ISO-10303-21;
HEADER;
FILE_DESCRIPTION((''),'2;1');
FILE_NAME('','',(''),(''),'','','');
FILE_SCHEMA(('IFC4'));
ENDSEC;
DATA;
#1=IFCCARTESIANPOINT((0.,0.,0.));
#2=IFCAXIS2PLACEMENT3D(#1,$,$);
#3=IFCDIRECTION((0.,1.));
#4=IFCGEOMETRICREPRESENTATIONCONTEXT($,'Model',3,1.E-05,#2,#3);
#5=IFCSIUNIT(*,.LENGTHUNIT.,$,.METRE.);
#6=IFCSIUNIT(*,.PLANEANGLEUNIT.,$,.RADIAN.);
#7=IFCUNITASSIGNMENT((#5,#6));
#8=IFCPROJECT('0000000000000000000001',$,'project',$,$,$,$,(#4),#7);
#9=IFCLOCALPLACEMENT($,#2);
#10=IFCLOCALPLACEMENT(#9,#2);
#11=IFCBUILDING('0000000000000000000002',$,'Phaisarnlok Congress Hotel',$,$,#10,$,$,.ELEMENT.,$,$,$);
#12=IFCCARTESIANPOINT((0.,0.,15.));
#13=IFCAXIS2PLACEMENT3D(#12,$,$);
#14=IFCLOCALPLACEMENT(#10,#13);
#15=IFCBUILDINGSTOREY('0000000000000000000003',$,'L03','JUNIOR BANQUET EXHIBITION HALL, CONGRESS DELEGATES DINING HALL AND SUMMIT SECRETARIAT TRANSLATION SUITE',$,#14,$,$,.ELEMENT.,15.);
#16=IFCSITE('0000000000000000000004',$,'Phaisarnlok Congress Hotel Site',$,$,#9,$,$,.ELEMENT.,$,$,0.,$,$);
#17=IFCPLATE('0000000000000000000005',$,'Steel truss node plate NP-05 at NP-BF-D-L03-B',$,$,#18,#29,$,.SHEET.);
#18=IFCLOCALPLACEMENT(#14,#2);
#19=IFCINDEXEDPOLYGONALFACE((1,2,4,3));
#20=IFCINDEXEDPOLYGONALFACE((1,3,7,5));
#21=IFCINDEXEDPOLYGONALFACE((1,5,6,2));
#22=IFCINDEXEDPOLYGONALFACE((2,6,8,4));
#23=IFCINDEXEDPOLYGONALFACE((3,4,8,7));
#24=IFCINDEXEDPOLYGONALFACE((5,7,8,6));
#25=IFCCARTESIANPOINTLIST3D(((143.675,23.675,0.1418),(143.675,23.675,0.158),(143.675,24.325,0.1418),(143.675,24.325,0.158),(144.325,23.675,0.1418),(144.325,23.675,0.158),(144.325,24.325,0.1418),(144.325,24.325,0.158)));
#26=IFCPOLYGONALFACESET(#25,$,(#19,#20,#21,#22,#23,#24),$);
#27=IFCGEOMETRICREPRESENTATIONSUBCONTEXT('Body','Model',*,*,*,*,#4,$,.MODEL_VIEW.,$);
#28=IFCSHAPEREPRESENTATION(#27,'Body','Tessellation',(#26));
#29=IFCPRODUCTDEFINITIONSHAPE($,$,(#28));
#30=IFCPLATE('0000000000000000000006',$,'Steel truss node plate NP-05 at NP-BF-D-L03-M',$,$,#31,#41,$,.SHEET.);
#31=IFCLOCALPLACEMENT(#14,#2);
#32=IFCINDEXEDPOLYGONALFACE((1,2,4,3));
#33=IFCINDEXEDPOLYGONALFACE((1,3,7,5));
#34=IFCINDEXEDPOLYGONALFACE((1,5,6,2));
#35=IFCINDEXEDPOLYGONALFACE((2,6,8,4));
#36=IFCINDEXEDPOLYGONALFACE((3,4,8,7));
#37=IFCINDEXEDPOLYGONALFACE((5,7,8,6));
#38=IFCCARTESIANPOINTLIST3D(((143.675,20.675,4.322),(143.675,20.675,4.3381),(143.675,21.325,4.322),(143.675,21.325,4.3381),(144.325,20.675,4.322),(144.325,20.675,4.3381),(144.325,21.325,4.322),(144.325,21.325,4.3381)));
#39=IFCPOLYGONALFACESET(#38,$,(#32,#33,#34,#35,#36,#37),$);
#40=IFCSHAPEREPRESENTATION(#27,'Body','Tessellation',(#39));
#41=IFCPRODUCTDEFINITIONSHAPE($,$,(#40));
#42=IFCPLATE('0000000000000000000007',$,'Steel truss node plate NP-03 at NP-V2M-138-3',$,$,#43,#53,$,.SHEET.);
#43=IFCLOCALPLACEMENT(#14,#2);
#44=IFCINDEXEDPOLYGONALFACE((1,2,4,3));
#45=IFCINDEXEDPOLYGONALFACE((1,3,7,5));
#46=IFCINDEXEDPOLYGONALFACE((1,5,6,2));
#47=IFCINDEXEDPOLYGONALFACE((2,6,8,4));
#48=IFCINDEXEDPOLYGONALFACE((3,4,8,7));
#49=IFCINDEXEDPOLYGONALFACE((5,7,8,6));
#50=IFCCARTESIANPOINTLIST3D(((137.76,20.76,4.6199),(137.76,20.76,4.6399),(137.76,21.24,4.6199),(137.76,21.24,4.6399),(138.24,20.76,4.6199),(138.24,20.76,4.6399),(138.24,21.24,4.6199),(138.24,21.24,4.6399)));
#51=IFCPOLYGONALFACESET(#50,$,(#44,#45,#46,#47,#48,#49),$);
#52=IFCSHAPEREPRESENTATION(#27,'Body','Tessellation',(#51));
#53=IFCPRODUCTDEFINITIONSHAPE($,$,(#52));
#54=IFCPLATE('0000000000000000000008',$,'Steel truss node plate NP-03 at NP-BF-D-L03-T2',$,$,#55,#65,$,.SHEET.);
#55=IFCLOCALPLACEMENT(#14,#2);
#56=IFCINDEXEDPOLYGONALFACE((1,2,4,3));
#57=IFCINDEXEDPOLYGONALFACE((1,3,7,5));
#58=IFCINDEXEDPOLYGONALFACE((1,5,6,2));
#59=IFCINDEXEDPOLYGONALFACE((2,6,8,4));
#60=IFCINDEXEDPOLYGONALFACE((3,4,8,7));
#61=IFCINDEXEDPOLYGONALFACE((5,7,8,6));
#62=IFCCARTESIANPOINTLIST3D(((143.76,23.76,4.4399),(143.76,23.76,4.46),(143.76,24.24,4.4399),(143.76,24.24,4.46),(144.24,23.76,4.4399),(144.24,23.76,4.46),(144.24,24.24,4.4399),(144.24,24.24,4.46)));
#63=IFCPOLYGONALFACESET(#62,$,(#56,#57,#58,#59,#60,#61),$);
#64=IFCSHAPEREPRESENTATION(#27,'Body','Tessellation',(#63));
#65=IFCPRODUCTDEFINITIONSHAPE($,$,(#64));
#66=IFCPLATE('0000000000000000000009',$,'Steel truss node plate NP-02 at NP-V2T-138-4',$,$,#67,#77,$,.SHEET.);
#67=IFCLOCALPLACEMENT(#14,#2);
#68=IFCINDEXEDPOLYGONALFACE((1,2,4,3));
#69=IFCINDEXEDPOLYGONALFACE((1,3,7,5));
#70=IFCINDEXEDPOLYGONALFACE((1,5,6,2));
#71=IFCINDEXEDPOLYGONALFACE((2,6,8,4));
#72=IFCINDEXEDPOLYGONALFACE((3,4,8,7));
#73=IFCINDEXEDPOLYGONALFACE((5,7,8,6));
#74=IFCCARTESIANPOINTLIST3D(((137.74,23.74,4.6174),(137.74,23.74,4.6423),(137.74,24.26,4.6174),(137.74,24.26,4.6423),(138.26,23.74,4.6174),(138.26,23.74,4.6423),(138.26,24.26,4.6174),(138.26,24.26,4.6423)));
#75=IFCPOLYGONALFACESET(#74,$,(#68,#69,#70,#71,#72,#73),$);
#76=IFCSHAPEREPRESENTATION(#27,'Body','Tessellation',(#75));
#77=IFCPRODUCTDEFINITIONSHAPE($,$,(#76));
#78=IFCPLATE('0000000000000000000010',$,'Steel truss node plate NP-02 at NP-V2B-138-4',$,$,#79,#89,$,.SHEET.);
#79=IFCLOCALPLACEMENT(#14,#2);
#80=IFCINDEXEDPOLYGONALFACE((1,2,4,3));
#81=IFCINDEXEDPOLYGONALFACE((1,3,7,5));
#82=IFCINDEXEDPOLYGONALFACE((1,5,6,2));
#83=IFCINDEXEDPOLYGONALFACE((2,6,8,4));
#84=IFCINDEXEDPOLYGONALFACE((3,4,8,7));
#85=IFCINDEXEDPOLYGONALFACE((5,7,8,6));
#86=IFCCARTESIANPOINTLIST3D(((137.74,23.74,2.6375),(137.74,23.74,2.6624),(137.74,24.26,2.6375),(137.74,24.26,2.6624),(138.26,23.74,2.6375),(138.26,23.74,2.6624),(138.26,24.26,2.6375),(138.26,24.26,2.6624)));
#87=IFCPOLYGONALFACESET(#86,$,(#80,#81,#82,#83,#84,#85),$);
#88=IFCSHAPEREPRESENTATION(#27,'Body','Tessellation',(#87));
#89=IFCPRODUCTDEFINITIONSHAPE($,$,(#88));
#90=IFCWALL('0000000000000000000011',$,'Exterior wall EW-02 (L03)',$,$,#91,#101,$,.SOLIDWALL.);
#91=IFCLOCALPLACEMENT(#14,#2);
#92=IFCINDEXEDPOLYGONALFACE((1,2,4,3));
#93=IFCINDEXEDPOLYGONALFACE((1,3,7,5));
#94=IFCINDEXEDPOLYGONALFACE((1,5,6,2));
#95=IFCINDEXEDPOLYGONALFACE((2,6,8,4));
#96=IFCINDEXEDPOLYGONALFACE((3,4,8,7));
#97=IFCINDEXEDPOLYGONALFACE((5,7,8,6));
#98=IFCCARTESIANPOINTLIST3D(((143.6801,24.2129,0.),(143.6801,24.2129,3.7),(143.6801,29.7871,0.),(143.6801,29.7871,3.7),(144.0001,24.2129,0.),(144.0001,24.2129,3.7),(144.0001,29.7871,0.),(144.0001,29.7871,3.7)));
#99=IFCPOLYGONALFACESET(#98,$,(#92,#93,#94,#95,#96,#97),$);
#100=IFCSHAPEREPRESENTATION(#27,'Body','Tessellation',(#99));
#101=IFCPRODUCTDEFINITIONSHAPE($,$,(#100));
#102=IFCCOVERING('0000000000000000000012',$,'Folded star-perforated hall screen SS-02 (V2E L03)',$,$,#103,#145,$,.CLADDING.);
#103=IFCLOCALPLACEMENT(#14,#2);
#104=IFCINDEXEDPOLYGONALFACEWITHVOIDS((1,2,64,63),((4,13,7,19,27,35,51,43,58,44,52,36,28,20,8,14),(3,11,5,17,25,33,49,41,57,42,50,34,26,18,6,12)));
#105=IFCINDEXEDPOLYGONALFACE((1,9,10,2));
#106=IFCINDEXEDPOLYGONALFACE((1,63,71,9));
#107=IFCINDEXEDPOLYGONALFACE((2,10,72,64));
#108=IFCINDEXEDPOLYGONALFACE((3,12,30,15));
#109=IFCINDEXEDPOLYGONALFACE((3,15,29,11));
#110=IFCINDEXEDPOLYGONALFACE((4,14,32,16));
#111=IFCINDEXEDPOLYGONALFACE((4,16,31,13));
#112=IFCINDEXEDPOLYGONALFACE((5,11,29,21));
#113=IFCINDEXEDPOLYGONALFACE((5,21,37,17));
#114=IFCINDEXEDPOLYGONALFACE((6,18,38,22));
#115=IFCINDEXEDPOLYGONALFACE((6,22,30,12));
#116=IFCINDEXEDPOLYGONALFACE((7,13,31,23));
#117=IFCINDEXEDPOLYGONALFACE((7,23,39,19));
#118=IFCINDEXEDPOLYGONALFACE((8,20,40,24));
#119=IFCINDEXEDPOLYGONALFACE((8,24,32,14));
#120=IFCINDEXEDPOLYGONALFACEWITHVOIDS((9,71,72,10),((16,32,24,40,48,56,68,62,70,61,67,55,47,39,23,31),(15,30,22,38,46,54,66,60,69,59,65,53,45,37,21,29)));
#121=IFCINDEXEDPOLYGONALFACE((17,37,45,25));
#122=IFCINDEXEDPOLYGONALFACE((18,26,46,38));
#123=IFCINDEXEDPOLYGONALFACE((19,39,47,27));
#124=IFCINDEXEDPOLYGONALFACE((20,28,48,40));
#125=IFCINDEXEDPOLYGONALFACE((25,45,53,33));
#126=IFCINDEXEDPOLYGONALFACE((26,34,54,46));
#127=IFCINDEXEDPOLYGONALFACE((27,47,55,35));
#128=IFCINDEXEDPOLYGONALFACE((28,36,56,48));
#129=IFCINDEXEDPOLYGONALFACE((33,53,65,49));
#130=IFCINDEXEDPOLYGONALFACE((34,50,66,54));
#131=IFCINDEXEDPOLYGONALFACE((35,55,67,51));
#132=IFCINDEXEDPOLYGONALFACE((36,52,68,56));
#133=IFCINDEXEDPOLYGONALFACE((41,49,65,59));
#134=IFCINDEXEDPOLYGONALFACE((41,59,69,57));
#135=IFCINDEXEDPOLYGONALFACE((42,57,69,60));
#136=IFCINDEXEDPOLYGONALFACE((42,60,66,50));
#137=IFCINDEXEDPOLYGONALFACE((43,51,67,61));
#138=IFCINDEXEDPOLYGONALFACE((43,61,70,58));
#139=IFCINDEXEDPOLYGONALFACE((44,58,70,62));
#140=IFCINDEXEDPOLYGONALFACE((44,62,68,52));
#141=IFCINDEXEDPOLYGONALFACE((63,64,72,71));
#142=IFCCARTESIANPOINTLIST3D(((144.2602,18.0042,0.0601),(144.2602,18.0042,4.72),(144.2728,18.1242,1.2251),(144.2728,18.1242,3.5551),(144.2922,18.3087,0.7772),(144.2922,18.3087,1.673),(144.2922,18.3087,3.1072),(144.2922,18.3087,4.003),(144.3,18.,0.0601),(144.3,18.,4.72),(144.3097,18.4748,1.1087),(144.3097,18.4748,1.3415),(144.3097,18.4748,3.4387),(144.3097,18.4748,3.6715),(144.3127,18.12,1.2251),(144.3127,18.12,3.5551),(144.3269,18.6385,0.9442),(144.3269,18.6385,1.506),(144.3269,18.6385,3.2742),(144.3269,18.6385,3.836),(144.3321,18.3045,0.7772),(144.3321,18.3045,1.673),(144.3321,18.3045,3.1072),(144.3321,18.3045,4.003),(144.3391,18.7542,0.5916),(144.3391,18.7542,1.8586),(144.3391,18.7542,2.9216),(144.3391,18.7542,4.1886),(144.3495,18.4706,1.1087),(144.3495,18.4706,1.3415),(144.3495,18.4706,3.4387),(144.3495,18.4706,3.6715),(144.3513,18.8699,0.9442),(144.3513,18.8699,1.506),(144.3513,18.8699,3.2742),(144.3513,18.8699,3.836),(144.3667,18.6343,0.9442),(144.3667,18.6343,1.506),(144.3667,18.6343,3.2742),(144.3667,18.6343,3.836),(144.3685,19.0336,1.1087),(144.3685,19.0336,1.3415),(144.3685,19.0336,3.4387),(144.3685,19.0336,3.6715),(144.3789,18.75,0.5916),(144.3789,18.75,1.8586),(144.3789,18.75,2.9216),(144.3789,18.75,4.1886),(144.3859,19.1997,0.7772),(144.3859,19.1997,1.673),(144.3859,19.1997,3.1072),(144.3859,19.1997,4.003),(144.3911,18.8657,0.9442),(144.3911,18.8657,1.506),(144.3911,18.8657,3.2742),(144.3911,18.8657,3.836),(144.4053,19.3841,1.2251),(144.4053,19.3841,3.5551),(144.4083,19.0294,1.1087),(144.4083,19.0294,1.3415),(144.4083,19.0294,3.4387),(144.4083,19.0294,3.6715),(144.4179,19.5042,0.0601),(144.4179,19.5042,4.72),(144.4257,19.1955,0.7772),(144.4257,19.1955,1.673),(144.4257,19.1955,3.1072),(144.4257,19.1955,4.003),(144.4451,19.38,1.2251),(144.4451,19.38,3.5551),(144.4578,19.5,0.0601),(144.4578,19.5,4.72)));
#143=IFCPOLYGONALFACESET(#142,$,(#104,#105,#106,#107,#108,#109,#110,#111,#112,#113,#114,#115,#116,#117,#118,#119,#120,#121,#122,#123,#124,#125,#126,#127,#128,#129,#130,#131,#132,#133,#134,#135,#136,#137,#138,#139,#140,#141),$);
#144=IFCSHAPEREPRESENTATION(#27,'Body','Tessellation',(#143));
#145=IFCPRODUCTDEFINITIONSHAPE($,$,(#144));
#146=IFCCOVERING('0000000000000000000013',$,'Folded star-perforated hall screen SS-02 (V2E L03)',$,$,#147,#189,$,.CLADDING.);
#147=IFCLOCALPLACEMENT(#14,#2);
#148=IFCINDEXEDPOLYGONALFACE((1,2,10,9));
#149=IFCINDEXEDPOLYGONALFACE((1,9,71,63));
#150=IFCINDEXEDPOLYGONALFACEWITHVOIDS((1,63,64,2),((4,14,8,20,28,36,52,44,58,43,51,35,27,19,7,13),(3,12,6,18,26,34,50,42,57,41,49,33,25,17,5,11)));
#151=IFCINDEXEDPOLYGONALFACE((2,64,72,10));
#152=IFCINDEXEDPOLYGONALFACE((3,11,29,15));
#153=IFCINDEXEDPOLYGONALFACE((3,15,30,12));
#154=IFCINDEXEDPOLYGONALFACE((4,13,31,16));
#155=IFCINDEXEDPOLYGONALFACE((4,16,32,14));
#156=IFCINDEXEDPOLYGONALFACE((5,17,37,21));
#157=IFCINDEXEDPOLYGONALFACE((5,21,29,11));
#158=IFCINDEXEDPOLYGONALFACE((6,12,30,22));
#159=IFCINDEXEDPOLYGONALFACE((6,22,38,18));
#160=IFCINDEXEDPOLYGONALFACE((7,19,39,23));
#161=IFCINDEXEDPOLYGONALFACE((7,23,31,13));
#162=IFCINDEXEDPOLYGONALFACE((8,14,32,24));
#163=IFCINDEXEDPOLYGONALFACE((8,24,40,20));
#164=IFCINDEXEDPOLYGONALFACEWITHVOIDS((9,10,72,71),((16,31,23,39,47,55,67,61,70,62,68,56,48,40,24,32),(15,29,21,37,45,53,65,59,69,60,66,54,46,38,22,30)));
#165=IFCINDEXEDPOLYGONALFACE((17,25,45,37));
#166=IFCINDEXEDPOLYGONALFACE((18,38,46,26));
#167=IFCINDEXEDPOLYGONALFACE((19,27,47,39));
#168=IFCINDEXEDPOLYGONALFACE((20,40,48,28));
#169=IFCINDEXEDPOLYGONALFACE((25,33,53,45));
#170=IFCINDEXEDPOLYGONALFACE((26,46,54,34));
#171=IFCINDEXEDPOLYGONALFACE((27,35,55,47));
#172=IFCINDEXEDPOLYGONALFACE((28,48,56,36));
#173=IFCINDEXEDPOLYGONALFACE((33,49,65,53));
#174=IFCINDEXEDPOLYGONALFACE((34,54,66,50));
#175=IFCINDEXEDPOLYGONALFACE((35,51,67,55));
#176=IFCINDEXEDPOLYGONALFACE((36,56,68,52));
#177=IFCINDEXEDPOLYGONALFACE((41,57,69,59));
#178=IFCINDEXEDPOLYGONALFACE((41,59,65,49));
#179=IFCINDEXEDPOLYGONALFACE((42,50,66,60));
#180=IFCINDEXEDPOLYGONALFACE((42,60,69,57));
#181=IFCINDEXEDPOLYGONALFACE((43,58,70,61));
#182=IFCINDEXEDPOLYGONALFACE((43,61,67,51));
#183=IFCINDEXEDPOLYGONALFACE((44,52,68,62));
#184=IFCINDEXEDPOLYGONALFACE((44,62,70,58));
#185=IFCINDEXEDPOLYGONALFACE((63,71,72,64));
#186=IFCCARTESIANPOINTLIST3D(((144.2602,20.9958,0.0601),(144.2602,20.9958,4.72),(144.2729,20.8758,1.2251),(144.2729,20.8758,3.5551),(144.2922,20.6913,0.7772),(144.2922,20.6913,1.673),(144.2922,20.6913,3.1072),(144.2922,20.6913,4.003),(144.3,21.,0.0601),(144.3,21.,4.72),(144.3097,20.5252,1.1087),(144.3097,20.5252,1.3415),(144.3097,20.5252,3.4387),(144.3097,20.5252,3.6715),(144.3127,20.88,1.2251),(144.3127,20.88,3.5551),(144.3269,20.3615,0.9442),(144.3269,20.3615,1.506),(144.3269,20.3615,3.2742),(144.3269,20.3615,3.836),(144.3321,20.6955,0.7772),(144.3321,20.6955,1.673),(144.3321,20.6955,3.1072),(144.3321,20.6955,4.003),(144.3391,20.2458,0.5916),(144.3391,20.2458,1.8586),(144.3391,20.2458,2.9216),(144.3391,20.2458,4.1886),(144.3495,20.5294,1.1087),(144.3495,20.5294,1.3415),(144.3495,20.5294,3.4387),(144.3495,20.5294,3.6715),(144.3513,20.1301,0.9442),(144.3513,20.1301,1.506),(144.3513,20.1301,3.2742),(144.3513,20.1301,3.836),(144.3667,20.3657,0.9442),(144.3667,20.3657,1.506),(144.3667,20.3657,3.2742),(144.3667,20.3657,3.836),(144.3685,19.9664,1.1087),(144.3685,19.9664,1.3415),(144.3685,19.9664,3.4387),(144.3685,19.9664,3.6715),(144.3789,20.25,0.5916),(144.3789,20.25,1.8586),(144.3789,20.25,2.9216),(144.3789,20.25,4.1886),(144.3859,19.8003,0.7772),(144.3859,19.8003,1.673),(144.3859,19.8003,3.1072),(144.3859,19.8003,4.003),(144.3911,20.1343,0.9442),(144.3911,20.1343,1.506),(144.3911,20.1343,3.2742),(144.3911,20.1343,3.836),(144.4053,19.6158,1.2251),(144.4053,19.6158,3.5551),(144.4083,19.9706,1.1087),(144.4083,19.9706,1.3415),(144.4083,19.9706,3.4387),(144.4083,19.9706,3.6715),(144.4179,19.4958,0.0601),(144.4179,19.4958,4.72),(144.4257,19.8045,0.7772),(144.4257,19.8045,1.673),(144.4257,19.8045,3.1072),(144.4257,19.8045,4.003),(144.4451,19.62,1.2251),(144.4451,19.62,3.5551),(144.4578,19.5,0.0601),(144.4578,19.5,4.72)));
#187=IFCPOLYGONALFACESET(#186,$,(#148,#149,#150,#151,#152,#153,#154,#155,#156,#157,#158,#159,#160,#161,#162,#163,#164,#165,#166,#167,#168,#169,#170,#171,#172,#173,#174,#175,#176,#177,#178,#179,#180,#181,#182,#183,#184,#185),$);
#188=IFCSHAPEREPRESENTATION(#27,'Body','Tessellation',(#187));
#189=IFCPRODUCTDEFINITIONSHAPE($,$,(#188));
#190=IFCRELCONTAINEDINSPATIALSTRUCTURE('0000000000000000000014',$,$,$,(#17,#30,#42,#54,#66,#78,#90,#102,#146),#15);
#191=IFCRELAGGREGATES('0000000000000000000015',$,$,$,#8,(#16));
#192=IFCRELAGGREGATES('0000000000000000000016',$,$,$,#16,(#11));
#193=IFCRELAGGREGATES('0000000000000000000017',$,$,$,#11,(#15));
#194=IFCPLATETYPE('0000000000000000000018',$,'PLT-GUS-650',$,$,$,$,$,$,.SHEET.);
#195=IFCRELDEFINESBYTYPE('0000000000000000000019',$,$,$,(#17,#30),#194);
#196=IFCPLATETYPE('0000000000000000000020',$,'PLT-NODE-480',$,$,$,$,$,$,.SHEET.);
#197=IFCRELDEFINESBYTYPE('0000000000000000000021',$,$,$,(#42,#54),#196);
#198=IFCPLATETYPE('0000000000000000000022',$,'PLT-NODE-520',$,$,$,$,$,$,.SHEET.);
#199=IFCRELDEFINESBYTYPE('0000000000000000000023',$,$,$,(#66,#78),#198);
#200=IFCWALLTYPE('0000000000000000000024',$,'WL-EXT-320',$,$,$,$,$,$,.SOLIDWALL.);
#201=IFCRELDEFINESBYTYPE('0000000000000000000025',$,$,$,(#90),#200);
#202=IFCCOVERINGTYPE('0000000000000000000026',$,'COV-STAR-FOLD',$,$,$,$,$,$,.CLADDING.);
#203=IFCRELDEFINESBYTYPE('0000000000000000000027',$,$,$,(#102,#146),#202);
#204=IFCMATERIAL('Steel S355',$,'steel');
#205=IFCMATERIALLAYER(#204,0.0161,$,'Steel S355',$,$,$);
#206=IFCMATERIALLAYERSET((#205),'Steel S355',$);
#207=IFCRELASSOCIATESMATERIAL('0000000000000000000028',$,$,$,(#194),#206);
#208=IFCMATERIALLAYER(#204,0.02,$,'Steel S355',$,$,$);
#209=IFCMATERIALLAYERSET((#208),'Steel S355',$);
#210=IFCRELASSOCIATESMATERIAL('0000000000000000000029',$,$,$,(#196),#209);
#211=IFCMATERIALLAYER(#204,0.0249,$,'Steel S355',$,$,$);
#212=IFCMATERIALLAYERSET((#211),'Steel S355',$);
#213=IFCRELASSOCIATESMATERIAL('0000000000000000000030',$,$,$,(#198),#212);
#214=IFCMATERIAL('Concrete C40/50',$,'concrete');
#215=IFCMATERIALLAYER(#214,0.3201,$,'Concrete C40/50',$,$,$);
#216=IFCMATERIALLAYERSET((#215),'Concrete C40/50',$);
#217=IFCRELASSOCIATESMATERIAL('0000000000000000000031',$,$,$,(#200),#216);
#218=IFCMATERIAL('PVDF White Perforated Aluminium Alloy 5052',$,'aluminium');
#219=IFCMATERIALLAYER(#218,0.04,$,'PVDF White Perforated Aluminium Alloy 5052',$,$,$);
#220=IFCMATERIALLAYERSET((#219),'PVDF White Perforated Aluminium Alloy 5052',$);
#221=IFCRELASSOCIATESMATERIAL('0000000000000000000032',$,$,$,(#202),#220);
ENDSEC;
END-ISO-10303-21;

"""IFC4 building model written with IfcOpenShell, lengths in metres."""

from ifc_helpers import new_model, si_unit, direction, frame, frame_2d, origin, origin_2d, place, context, subcontext, project, spatial, polyline, rectangle, outline, extrude, material, layer, layer_set, type_object, element, save


model = new_model("IFC4")

# Units and contexts
model_context = context("Model", 3, precision=1e-05, world=origin(), true_north=direction((0.0, 1.0)))
body_context = subcontext(model_context, "Body", "Model", "MODEL_VIEW")
ifc_project = project(units=[si_unit("LENGTHUNIT", "METRE"), si_unit("PLANEANGLEUNIT", "RADIAN")], contexts=[model_context])

# Site, building, storey
site_placement = place(None, origin())
site = spatial("IfcSite", under=ifc_project, at=site_placement, Name="Phaisarnlok Congress Hotel Site", CompositionType="ELEMENT", RefElevation=0.0)
building_placement = place(site_placement, origin())
building = spatial("IfcBuilding", under=site, at=building_placement, Name="Phaisarnlok Congress Hotel", CompositionType="ELEMENT")
storey_placement = place(building_placement, frame((0.0, 0.0, 15.0)))
storey = spatial("IfcBuildingStorey", under=building, at=storey_placement, Name="L03", Description="JUNIOR BANQUET EXHIBITION HALL, CONGRESS DELEGATES DINING HALL AND SUMMIT SECRETARIAT TRANSLATION SUITE", CompositionType="ELEMENT", Elevation=15.0)

# Shared definitions
ifc_material_1 = material(Name="Steel S355", Category="steel")

# Shared definitions
ifc_material_2 = material(Name="Concrete C40/50", Category="concrete")

# Plates
ifc_layer_1 = layer(ifc_material_1, 0.0161, Name="Steel S355")
ifc_layer_set_1 = layer_set([ifc_layer_1], Name="Steel S355")
plate_type_1 = type_object("IfcPlateType", Name="PLT-GUS-650", PredefinedType="SHEET", material=ifc_layer_set_1)
for number, where, z_axis, x_axis, name in (
    (1, (144.0, 24.0, 0.1418), (0.0, 0.0, 1.0), (1.0, 0.0, 0.0), "Steel truss node plate NP-05 at NP-BF-D-L03-B"),
    (2, (144.0, 21.0, 4.322), (0.0, 0.0, 1.0), (1.0, 0.0, 0.0), "Steel truss node plate NP-05 at NP-BF-D-L03-M"),
):
    element("IfcPlate", number, at=place(storey_placement, frame(where, z_axis=z_axis, x_axis=x_axis)), inside=storey, type_object=plate_type_1, Name=name, PredefinedType="SHEET", context=body_context, shape_type="SweptSolid", body=[
        extrude(rectangle(XDim=0.6499, YDim=0.6499, at=origin_2d()), origin(), (0.0, 0.0, 1.0), 0.0161),
    ])
ifc_layer_2 = layer(ifc_material_1, 0.02, Name="Steel S355")
ifc_layer_set_2 = layer_set([ifc_layer_2], Name="Steel S355")
plate_type_2 = type_object("IfcPlateType", Name="PLT-NODE-480", PredefinedType="SHEET", material=ifc_layer_set_2)
for number, where, z_axis, x_axis, name in (
    (3, (138.0, 21.0, 4.6199), (0.0, 0.0, 1.0), (1.0, 0.0, 0.0), "Steel truss node plate NP-03 at NP-V2M-138-3"),
    (4, (144.0, 24.0, 4.4399), (0.0, 0.0, 1.0), (1.0, 0.0, 0.0), "Steel truss node plate NP-03 at NP-BF-D-L03-T2"),
):
    element("IfcPlate", number, at=place(storey_placement, frame(where, z_axis=z_axis, x_axis=x_axis)), inside=storey, type_object=plate_type_2, Name=name, PredefinedType="SHEET", context=body_context, shape_type="SweptSolid", body=[
        extrude(rectangle(XDim=0.48, YDim=0.48, at=origin_2d()), origin(), (0.0, 0.0, 1.0), 0.02),
    ])
ifc_layer_3 = layer(ifc_material_1, 0.0249, Name="Steel S355")
ifc_layer_set_3 = layer_set([ifc_layer_3], Name="Steel S355")
plate_type_3 = type_object("IfcPlateType", Name="PLT-NODE-520", PredefinedType="SHEET", material=ifc_layer_set_3)
for number, where, z_axis, x_axis, name in (
    (5, (138.0, 24.0, 4.6174), (0.0, 0.0, 1.0), (1.0, 0.0, 0.0), "Steel truss node plate NP-02 at NP-V2T-138-4"),
    (6, (138.0, 24.0, 2.6375), (0.0, 0.0, 1.0), (1.0, 0.0, 0.0), "Steel truss node plate NP-02 at NP-V2B-138-4"),
):
    element("IfcPlate", number, at=place(storey_placement, frame(where, z_axis=z_axis, x_axis=x_axis)), inside=storey, type_object=plate_type_3, Name=name, PredefinedType="SHEET", context=body_context, shape_type="SweptSolid", body=[
        extrude(rectangle(XDim=0.52, YDim=0.52, at=origin_2d()), origin(), (0.0, 0.0, 1.0), 0.0249),
    ])

# Wall
ifc_layer_4 = layer(ifc_material_2, 0.3201, Name="Concrete C40/50")
ifc_layer_set_4 = layer_set([ifc_layer_4], Name="Concrete C40/50")
wall_type = type_object("IfcWallType", Name="WL-EXT-320", PredefinedType="SOLIDWALL", material=ifc_layer_set_4)
wall_placement = place(storey_placement, frame((143.8401, 24.2129, 0.0), z_axis=(0.0, 0.0, 1.0), x_axis=(0.0, 1.0, 0.0)))
element("IfcWall", 7, at=wall_placement, inside=storey, type_object=wall_type, Name="Exterior wall EW-02 (L03)", PredefinedType="SOLIDWALL", context=body_context, shape_type="SweptSolid", body=[
    extrude(rectangle(XDim=5.5742, YDim=0.3201, at=frame_2d((2.7871, 0.0))), origin(), (0.0, 0.0, 1.0), 3.7),
])

# Coverings
ifc_material_3 = material(Name="PVDF White Perforated Aluminium Alloy 5052", Category="aluminium")
ifc_layer_5 = layer(ifc_material_3, 0.04, Name="PVDF White Perforated Aluminium Alloy 5052")
ifc_layer_set_5 = layer_set([ifc_layer_5], Name="PVDF White Perforated Aluminium Alloy 5052")
covering_type = type_object("IfcCoveringType", Name="COV-STAR-FOLD", PredefinedType="CLADDING", material=ifc_layer_set_5)
for number, where, z_axis, x_axis, name in (
    (8, (144.4578, 19.5, 0.0601), (-0.994518, 0.104567, 0.0), (-0.104567, -0.994518, 0.0), "Folded star-perforated hall screen SS-02 (V2E L03)"),
    (9, (144.3, 21.0, 0.0601), (-0.994518, -0.104567, 0.0), (0.104567, -0.994518, 0.0), "Folded star-perforated hall screen SS-02 (V2E L03)"),
):
    element("IfcCovering", number, at=place(storey_placement, frame(where, z_axis=z_axis, x_axis=x_axis)), inside=storey, type_object=covering_type, Name=name, PredefinedType="CLADDING", context=body_context, shape_type="SweptSolid", body=[
        extrude(outline(polyline([(0.0, 0.0), (1.5083, 0.0), (1.5083, 4.6599), (0.0, 4.6599), (0.0, 0.0)]), holes=[polyline([(1.0351, 1.0486), (1.2021, 0.7171), (0.8705, 0.8841), (0.7541, 0.5315), (0.6378, 0.8841), (0.3062, 0.7171), (0.4732, 1.0486), (0.1207, 1.165), (0.4732, 1.2814), (0.3062, 1.6129), (0.6378, 1.4459), (0.7541, 1.7985), (0.8705, 1.4459), (1.2021, 1.6129), (1.0351, 1.2814), (1.3876, 1.165), (1.0351, 1.0486)]), polyline([(1.0351, 3.3786), (1.2021, 3.0471), (0.8705, 3.2141), (0.7541, 2.8615), (0.6378, 3.2141), (0.3062, 3.0471), (0.4732, 3.3786), (0.1207, 3.495), (0.4732, 3.6114), (0.3062, 3.9429), (0.6378, 3.7759), (0.7541, 4.1285), (0.8705, 3.7759), (1.2021, 3.9429), (1.0351, 3.6114), (1.3876, 3.495), (1.0351, 3.3786)])]), origin(), (0.0, 0.0, 1.0), 0.04),
    ])

save(model, "model.ifc")
